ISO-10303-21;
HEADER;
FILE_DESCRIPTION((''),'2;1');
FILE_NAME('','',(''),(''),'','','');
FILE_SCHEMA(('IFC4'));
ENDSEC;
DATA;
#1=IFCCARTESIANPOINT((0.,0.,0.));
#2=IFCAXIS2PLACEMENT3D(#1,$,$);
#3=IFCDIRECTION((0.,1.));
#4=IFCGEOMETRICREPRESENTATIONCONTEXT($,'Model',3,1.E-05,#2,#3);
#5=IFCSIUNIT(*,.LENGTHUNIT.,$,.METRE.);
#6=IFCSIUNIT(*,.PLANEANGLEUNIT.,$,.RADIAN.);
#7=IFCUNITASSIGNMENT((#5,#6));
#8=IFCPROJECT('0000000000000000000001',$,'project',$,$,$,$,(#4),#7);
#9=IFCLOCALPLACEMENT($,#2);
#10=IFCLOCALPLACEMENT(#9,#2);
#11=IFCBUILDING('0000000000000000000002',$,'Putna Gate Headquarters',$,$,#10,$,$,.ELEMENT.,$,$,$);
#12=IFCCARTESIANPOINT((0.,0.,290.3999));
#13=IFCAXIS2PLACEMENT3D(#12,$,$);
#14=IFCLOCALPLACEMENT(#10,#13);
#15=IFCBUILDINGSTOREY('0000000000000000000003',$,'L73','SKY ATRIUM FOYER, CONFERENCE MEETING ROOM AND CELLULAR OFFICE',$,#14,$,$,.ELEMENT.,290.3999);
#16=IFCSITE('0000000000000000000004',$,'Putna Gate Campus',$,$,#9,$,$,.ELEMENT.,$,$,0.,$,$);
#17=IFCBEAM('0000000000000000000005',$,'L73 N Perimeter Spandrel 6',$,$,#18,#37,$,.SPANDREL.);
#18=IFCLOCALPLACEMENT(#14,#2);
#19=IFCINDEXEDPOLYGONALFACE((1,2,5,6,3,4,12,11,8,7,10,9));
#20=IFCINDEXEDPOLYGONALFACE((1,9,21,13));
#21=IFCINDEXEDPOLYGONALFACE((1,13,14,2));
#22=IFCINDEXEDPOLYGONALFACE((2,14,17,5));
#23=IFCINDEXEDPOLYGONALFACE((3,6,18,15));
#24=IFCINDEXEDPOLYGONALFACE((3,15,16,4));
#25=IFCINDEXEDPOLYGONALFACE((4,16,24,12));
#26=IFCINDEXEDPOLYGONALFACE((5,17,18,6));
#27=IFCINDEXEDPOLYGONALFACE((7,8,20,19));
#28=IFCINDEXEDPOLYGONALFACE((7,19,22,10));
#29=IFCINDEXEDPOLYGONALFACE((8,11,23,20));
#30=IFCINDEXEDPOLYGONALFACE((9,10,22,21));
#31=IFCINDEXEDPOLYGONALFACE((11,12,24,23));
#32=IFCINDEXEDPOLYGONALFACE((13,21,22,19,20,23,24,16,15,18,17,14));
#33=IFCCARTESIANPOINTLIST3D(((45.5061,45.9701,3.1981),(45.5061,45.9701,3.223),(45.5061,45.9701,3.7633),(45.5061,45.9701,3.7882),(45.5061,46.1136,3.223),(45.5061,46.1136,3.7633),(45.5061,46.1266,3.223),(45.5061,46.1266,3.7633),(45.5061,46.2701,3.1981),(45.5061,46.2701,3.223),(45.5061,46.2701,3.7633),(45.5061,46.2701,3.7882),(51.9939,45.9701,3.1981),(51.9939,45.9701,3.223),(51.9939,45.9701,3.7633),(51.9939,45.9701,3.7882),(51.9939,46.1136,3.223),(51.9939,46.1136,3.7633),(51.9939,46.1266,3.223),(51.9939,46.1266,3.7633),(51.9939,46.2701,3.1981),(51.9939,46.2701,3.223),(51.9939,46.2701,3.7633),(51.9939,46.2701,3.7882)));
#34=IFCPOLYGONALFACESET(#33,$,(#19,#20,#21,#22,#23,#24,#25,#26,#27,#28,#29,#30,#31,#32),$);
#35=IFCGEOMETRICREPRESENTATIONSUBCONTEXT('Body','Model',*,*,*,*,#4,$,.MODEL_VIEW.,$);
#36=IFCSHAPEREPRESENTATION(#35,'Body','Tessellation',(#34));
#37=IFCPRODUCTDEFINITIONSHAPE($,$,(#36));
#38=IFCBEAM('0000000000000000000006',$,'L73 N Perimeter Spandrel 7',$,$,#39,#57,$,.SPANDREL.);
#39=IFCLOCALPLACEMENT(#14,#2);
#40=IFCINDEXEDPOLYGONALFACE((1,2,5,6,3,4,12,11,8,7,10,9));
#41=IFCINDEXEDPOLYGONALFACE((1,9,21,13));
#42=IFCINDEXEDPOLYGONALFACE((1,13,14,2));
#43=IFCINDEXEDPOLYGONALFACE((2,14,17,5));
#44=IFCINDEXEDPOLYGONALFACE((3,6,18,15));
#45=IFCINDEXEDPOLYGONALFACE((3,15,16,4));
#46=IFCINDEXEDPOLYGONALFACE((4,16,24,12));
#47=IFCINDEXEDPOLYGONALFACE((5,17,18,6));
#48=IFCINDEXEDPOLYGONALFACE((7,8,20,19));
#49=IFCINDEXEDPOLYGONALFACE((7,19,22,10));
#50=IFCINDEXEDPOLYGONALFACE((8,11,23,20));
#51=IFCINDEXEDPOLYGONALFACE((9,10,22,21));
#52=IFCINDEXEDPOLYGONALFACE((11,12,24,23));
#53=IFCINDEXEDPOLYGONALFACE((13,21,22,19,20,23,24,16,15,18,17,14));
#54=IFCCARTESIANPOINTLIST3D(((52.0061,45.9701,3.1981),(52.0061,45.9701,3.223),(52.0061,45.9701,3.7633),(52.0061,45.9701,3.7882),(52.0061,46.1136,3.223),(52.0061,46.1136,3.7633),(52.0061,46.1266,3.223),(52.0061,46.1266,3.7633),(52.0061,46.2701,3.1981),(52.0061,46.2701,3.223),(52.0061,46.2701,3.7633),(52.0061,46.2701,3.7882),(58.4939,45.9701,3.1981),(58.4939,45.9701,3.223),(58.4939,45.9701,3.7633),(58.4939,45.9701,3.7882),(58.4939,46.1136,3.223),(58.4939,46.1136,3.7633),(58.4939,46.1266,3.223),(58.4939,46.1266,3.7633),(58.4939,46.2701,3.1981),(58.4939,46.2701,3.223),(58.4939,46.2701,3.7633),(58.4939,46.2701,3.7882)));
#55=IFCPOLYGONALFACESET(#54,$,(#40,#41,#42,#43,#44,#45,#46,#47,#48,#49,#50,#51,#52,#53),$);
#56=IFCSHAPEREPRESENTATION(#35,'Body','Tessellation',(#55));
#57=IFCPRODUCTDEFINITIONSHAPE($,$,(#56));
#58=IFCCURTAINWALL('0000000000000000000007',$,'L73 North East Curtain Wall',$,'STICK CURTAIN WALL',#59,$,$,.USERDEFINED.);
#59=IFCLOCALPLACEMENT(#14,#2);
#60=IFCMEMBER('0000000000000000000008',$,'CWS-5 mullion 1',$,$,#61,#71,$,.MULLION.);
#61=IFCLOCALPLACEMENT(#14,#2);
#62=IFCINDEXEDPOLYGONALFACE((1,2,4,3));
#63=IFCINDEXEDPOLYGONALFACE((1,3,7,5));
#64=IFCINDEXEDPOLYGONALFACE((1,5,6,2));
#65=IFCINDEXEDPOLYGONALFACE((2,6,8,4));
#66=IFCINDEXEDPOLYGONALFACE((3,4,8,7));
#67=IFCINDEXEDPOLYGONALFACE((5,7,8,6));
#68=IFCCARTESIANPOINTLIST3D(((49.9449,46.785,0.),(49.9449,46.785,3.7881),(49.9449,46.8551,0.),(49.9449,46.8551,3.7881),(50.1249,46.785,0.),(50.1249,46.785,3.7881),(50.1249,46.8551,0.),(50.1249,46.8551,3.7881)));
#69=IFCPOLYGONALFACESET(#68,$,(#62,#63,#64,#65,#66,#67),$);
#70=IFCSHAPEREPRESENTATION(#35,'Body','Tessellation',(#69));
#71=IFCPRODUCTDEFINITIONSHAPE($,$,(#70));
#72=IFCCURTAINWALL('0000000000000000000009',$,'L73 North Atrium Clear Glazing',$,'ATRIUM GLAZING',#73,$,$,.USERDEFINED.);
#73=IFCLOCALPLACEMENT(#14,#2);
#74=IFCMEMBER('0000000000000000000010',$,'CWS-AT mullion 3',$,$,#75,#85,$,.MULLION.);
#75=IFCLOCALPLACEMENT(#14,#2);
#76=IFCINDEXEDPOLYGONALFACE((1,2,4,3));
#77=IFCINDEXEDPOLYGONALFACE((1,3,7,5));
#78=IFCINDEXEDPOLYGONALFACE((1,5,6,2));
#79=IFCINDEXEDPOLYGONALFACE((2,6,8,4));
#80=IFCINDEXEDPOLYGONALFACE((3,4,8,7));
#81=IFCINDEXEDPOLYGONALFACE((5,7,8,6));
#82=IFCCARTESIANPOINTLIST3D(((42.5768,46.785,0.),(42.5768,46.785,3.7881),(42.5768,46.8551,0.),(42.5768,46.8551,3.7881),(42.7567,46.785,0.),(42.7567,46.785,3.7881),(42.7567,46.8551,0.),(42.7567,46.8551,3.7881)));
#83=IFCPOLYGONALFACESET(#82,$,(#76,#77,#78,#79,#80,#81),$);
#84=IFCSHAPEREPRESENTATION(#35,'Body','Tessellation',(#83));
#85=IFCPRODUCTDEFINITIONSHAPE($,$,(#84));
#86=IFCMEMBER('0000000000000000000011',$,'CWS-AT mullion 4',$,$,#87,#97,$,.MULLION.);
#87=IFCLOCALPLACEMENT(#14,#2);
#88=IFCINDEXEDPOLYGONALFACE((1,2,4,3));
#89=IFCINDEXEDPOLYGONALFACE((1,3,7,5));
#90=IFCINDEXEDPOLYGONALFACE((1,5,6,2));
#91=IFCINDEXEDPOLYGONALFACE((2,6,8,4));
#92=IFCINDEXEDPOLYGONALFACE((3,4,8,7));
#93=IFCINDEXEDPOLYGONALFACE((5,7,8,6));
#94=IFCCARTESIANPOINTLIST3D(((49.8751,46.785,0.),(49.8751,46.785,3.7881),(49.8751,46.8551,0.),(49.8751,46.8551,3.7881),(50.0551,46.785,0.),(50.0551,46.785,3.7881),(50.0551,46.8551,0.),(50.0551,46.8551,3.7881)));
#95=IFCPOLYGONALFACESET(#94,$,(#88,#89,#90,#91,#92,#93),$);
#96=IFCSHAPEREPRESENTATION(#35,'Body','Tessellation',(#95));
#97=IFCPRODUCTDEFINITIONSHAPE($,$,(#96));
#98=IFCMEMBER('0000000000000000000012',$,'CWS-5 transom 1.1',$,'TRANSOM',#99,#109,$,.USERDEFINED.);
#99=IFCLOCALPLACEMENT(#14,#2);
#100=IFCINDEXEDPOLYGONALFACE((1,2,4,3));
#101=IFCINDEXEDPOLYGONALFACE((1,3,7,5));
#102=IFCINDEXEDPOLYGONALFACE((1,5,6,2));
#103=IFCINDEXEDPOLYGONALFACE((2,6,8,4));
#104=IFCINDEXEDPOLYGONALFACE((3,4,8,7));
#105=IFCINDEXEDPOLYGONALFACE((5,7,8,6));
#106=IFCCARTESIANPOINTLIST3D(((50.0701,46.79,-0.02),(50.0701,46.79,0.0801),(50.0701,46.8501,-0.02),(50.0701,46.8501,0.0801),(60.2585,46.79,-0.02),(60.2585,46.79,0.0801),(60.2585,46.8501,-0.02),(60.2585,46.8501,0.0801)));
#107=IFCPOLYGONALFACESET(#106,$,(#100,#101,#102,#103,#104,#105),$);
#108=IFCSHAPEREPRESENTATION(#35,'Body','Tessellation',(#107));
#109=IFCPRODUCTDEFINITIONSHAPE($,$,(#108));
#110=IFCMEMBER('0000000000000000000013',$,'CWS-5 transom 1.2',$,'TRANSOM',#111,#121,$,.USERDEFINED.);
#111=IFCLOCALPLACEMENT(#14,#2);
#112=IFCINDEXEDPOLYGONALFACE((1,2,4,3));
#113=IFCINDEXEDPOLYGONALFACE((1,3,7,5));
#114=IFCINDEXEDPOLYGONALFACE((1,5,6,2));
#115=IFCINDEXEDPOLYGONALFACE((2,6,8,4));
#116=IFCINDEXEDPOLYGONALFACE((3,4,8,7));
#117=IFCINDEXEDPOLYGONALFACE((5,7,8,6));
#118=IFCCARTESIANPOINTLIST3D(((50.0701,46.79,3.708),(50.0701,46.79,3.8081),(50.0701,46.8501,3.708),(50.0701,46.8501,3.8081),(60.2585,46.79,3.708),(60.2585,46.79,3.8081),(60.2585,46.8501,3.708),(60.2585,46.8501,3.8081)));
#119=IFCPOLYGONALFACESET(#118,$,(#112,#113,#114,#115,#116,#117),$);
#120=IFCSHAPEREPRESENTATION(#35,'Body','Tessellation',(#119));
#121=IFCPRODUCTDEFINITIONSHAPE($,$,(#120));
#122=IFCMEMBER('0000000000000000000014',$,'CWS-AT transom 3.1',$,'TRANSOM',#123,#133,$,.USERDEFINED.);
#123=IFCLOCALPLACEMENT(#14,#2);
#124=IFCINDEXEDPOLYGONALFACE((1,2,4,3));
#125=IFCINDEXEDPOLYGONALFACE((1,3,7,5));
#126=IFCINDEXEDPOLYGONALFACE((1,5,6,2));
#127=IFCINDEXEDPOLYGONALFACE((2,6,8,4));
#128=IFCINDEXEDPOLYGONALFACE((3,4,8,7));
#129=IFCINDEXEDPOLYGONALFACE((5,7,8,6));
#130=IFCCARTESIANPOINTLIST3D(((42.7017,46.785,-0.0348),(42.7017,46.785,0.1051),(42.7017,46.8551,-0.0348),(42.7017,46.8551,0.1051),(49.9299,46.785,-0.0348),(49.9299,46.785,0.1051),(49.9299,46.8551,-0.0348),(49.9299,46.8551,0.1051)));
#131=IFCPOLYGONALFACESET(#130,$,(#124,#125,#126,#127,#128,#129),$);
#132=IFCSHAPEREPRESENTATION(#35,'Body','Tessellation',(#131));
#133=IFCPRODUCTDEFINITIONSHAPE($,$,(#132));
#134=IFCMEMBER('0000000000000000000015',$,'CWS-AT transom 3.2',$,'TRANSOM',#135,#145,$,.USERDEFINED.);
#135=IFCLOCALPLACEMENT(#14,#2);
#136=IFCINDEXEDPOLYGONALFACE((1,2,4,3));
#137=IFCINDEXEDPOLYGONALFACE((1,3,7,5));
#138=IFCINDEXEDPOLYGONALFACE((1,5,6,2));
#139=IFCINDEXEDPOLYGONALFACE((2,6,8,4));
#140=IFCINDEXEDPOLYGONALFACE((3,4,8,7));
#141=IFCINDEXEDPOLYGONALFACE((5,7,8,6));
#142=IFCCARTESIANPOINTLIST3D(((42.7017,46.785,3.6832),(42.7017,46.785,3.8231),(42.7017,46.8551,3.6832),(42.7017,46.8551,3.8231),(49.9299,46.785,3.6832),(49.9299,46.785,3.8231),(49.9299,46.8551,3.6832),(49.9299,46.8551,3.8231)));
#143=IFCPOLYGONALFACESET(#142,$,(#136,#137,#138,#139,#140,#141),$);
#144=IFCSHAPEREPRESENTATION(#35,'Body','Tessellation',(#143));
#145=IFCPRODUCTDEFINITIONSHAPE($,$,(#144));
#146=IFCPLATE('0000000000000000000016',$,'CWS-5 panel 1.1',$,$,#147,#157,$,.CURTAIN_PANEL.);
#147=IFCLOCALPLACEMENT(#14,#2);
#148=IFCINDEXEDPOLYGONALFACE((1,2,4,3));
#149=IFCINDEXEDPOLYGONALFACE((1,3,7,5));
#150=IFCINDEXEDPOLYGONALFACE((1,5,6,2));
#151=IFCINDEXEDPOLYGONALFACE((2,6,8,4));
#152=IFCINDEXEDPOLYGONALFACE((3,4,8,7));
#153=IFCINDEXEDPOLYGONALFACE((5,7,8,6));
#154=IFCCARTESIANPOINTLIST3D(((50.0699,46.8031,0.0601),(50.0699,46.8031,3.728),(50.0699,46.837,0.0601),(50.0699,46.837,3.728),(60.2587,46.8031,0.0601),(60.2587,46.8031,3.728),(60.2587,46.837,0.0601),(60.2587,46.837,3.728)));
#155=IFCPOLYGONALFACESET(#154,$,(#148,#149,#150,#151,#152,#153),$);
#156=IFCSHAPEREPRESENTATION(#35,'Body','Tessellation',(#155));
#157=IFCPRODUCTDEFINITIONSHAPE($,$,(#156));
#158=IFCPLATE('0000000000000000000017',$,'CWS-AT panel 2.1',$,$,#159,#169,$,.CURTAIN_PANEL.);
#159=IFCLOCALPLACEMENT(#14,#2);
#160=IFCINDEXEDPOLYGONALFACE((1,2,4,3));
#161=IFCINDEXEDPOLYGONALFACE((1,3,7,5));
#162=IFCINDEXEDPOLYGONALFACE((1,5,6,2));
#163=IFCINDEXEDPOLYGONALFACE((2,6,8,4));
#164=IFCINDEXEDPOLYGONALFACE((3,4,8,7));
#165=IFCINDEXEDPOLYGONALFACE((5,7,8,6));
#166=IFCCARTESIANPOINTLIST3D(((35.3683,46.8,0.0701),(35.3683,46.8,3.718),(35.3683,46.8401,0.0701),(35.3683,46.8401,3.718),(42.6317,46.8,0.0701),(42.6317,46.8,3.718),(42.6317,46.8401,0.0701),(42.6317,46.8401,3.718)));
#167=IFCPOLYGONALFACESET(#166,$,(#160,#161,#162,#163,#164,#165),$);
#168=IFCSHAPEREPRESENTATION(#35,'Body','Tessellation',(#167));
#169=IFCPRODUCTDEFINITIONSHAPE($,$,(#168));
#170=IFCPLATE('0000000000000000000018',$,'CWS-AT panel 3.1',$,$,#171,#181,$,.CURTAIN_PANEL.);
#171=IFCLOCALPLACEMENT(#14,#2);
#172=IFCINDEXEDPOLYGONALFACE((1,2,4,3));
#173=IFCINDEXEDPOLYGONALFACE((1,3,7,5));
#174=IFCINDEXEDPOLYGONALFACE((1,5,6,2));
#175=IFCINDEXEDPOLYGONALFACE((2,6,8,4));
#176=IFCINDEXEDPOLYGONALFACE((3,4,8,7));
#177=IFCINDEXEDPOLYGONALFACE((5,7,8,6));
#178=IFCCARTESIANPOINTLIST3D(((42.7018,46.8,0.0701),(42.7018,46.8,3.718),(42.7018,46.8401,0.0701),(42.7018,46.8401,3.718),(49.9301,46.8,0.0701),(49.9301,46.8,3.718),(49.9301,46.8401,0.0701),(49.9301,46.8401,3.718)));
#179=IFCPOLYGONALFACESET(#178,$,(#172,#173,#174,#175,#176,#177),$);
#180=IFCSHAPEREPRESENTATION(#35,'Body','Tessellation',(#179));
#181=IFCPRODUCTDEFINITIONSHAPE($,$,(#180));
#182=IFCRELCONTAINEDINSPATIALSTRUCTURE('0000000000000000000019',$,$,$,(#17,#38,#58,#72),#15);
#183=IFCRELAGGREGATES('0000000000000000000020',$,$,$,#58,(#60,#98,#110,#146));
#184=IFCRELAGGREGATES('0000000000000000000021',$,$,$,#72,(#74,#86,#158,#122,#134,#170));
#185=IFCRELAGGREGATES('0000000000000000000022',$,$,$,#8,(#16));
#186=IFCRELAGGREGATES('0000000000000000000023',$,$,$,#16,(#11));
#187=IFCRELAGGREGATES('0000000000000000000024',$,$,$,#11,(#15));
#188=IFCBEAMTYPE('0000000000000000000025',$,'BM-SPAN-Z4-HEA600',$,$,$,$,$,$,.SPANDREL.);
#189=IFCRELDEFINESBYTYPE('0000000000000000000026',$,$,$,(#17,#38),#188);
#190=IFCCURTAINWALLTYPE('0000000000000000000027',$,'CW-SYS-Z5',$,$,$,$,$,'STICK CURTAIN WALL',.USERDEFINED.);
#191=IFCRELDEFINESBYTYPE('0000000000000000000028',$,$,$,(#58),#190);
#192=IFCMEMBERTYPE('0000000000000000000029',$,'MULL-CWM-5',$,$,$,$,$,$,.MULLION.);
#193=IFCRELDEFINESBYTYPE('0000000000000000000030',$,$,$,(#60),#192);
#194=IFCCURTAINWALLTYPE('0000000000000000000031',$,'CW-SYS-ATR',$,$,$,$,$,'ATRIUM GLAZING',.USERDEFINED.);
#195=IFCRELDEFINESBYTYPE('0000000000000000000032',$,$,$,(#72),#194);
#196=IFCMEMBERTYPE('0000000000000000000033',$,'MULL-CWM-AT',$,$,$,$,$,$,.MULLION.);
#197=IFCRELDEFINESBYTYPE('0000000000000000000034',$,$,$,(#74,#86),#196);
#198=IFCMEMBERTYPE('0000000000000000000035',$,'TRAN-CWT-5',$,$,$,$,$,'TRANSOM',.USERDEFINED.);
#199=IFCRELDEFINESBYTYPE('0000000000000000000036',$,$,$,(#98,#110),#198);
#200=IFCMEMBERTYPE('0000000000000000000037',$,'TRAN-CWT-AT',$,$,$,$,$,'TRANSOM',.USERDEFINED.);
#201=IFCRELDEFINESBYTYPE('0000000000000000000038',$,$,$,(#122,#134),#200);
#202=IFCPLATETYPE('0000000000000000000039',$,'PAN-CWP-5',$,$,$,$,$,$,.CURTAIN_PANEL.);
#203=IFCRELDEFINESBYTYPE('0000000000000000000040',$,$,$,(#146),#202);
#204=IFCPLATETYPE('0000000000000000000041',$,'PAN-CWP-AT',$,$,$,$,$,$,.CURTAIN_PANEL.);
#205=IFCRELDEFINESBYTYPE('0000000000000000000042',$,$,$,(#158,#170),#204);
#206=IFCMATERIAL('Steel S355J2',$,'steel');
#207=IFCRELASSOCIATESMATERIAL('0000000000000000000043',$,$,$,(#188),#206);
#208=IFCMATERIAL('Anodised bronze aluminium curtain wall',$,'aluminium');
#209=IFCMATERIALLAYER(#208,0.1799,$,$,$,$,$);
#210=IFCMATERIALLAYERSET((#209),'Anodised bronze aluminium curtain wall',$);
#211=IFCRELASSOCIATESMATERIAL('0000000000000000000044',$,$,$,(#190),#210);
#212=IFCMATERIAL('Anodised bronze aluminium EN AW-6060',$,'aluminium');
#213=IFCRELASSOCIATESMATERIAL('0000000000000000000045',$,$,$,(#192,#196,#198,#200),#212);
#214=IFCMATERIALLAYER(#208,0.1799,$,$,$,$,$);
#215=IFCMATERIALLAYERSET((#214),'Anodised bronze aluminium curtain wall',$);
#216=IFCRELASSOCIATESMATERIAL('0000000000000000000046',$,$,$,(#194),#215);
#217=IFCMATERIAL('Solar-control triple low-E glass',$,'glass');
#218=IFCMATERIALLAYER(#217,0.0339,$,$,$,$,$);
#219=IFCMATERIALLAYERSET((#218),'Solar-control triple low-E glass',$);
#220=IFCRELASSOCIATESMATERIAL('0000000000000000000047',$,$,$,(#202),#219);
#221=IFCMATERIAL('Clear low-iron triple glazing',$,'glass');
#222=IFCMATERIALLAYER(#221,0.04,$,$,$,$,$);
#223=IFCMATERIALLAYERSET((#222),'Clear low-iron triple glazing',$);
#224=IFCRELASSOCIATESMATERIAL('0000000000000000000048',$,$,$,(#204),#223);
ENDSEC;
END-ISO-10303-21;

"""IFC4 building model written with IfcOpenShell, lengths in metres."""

from ifc_helpers import new_model, si_unit, direction, frame, origin, origin_2d, place, context, subcontext, project, spatial, rectangle, i_section, extrude, material, layer, layer_set, material_profile, profile_set, type_object, element, aggregate, save


model = new_model("IFC4")

# Units and contexts
model_context = context("Model", 3, precision=1e-05, world=origin(), true_north=direction((0.0, 1.0)))
body_context = subcontext(model_context, "Body", "Model", "MODEL_VIEW")
ifc_project = project(units=[si_unit("LENGTHUNIT", "METRE"), si_unit("PLANEANGLEUNIT", "RADIAN")], contexts=[model_context])

# Site, building, storey
site_placement = place(None, origin())
site = spatial("IfcSite", under=ifc_project, at=site_placement, Name="Putna Gate Campus", CompositionType="ELEMENT", RefElevation=0.0)
building_placement = place(site_placement, origin())
building = spatial("IfcBuilding", under=site, at=building_placement, Name="Putna Gate Headquarters", CompositionType="ELEMENT")
storey_placement = place(building_placement, frame((0.0, 0.0, 290.3999)))
storey = spatial("IfcBuildingStorey", under=building, at=storey_placement, Name="L73", Description="SKY ATRIUM FOYER, CONFERENCE MEETING ROOM AND CELLULAR OFFICE", CompositionType="ELEMENT", Elevation=290.3999)

# Beams
ifc_material_1 = material(Name="Steel S355J2", Category="steel")
ifc_material_profile_1 = material_profile(ifc_material_1, i_section(OverallWidth=0.3, OverallDepth=0.5901, WebThickness=0.0129, FlangeThickness=0.0249, at=origin_2d()), Name="Steel S355J2")
ifc_profile_set_1 = profile_set([ifc_material_profile_1], Name="Steel S355J2")
beam_type_1 = type_object("IfcBeamType", Name="BM-SPAN-Z4-HEA600", PredefinedType="SPANDREL", material=ifc_profile_set_1)
for number, where, z_axis, x_axis, name in (
    (1, (45.5061, 46.1201, 3.4932), (1.0, 0.0, 0.0), (0.0, 1.0, 0.0), "L73 N Perimeter Spandrel 6"),
    (2, (52.0061, 46.1201, 3.4932), (1.0, 0.0, 0.0), (0.0, 1.0, 0.0), "L73 N Perimeter Spandrel 7"),
):
    element("IfcBeam", number, at=place(storey_placement, frame(where, z_axis=z_axis, x_axis=x_axis)), inside=storey, type_object=beam_type_1, Name=name, PredefinedType="SPANDREL", context=body_context, shape_type="SweptSolid", body=[
        extrude(i_section(OverallWidth=0.3, OverallDepth=0.5901, WebThickness=0.0129, FlangeThickness=0.0249, at=origin_2d()), origin(), (0.0, 0.0, 1.0), 6.4878),
    ])

# Curtain wall, member
ifc_material_2 = material(Name="Anodised bronze aluminium curtain wall", Category="aluminium")
ifc_layer_1 = layer(ifc_material_2, 0.1799)
ifc_layer_set_1 = layer_set([ifc_layer_1], Name="Anodised bronze aluminium curtain wall")
curtain_wall_type_1 = type_object("IfcCurtainWallType", Name="CW-SYS-Z5", ElementType="STICK CURTAIN WALL", PredefinedType="USERDEFINED", material=ifc_layer_set_1)
curtain_wall_1_placement = place(storey_placement, origin())
curtain_wall_1 = element("IfcCurtainWall", 3, at=curtain_wall_1_placement, inside=storey, type_object=curtain_wall_type_1, Name="L73 North East Curtain Wall", ObjectType="STICK CURTAIN WALL", PredefinedType="USERDEFINED")
ifc_material_3 = material(Name="Anodised bronze aluminium EN AW-6060", Category="aluminium")
ifc_material_profile_2 = material_profile(ifc_material_3, rectangle(XDim=0.0701, YDim=0.1799, at=origin_2d()), Name="Anodised bronze aluminium EN AW-6060")
ifc_profile_set_2 = profile_set([ifc_material_profile_2], Name="Anodised bronze aluminium EN AW-6060")
member_type_1 = type_object("IfcMemberType", Name="MULL-CWM-5", PredefinedType="MULLION", material=ifc_profile_set_2)
member_1_placement = place(storey_placement, frame((50.0349, 46.8201, 0.0), z_axis=(0.0, 0.0, 1.0), x_axis=(0.0, 1.0, 0.0)))
member_1 = element("IfcMember", 4, at=member_1_placement, type_object=member_type_1, Name="CWS-5 mullion 1", PredefinedType="MULLION", context=body_context, shape_type="SweptSolid", body=[
    extrude(rectangle(XDim=0.0701, YDim=0.1799, at=origin_2d()), origin(), (0.0, 0.0, 1.0), 3.7881),
])

# Curtain wall, members
ifc_layer_2 = layer(ifc_material_2, 0.1799)
ifc_layer_set_2 = layer_set([ifc_layer_2], Name="Anodised bronze aluminium curtain wall")
curtain_wall_type_2 = type_object("IfcCurtainWallType", Name="CW-SYS-ATR", ElementType="ATRIUM GLAZING", PredefinedType="USERDEFINED", material=ifc_layer_set_2)
curtain_wall_2_placement = place(storey_placement, origin())
curtain_wall_2 = element("IfcCurtainWall", 5, at=curtain_wall_2_placement, inside=storey, type_object=curtain_wall_type_2, Name="L73 North Atrium Clear Glazing", ObjectType="ATRIUM GLAZING", PredefinedType="USERDEFINED")
ifc_material_profile_3 = material_profile(ifc_material_3, rectangle(XDim=0.0701, YDim=0.1799, at=origin_2d()), Name="Anodised bronze aluminium EN AW-6060")
ifc_profile_set_3 = profile_set([ifc_material_profile_3], Name="Anodised bronze aluminium EN AW-6060")
member_type_2 = type_object("IfcMemberType", Name="MULL-CWM-AT", PredefinedType="MULLION", material=ifc_profile_set_3)
member_2_placement = place(storey_placement, frame((42.6667, 46.8201, 0.0), z_axis=(0.0, 0.0, 1.0), x_axis=(0.0, 1.0, 0.0)))
member_2 = element("IfcMember", 6, at=member_2_placement, type_object=member_type_2, Name="CWS-AT mullion 3", PredefinedType="MULLION", context=body_context, shape_type="SweptSolid", body=[
    extrude(rectangle(XDim=0.0701, YDim=0.1799, at=origin_2d()), origin(), (0.0, 0.0, 1.0), 3.7881),
])
member_3_placement = place(storey_placement, frame((49.9651, 46.8201, 0.0), z_axis=(0.0, 0.0, 1.0), x_axis=(0.0, 1.0, 0.0)))
member_3 = element("IfcMember", 7, at=member_3_placement, type_object=member_type_2, Name="CWS-AT mullion 4", PredefinedType="MULLION", context=body_context, shape_type="SweptSolid", body=[
    extrude(rectangle(XDim=0.0701, YDim=0.1799, at=origin_2d()), origin(), (0.0, 0.0, 1.0), 3.7881),
])

# Members
ifc_material_profile_4 = material_profile(ifc_material_3, rectangle(XDim=0.0601, YDim=0.1001, at=origin_2d()), Name="Anodised bronze aluminium EN AW-6060")
ifc_profile_set_4 = profile_set([ifc_material_profile_4], Name="Anodised bronze aluminium EN AW-6060")
member_type_3 = type_object("IfcMemberType", Name="TRAN-CWT-5", ElementType="TRANSOM", PredefinedType="USERDEFINED", material=ifc_profile_set_4)
member_4_placement = place(storey_placement, frame((50.0701, 46.8201, 0.03), z_axis=(1.0, 0.0, 0.0), x_axis=(0.0, 1.0, 0.0)))
member_4 = element("IfcMember", 8, at=member_4_placement, type_object=member_type_3, Name="CWS-5 transom 1.1", ObjectType="TRANSOM", PredefinedType="USERDEFINED", context=body_context, shape_type="SweptSolid", body=[
    extrude(rectangle(XDim=0.0601, YDim=0.1001, at=origin_2d()), origin(), (0.0, 0.0, 1.0), 10.1885),
])
member_5_placement = place(storey_placement, frame((50.0701, 46.8201, 3.7581), z_axis=(1.0, 0.0, 0.0), x_axis=(0.0, 1.0, 0.0)))
member_5 = element("IfcMember", 9, at=member_5_placement, type_object=member_type_3, Name="CWS-5 transom 1.2", ObjectType="TRANSOM", PredefinedType="USERDEFINED", context=body_context, shape_type="SweptSolid", body=[
    extrude(rectangle(XDim=0.0601, YDim=0.1001, at=origin_2d()), origin(), (0.0, 0.0, 1.0), 10.1885),
])
ifc_material_profile_5 = material_profile(ifc_material_3, rectangle(XDim=0.0701, YDim=0.1399, at=origin_2d()), Name="Anodised bronze aluminium EN AW-6060")
ifc_profile_set_5 = profile_set([ifc_material_profile_5], Name="Anodised bronze aluminium EN AW-6060")
member_type_4 = type_object("IfcMemberType", Name="TRAN-CWT-AT", ElementType="TRANSOM", PredefinedType="USERDEFINED", material=ifc_profile_set_5)
member_6_placement = place(storey_placement, frame((42.7017, 46.8201, 0.0352), z_axis=(1.0, 0.0, 0.0), x_axis=(0.0, 1.0, 0.0)))
member_6 = element("IfcMember", 10, at=member_6_placement, type_object=member_type_4, Name="CWS-AT transom 3.1", ObjectType="TRANSOM", PredefinedType="USERDEFINED", context=body_context, shape_type="SweptSolid", body=[
    extrude(rectangle(XDim=0.0701, YDim=0.1399, at=origin_2d()), origin(), (0.0, 0.0, 1.0), 7.2283),
])
member_7_placement = place(storey_placement, frame((42.7017, 46.8201, 3.7532), z_axis=(1.0, 0.0, 0.0), x_axis=(0.0, 1.0, 0.0)))
member_7 = element("IfcMember", 11, at=member_7_placement, type_object=member_type_4, Name="CWS-AT transom 3.2", ObjectType="TRANSOM", PredefinedType="USERDEFINED", context=body_context, shape_type="SweptSolid", body=[
    extrude(rectangle(XDim=0.0701, YDim=0.1399, at=origin_2d()), origin(), (0.0, 0.0, 1.0), 7.2283),
])

# Plates
ifc_material_4 = material(Name="Solar-control triple low-E glass", Category="glass")
ifc_layer_3 = layer(ifc_material_4, 0.0339)
ifc_layer_set_3 = layer_set([ifc_layer_3], Name="Solar-control triple low-E glass")
plate_type_1 = type_object("IfcPlateType", Name="PAN-CWP-5", PredefinedType="CURTAIN_PANEL", material=ifc_layer_set_3)
plate_1_placement = place(storey_placement, frame((55.1643, 46.8201, 0.0601), z_axis=(0.0, 0.0, 1.0), x_axis=(1.0, 0.0, 0.0)))
plate_1 = element("IfcPlate", 12, at=plate_1_placement, type_object=plate_type_1, Name="CWS-5 panel 1.1", PredefinedType="CURTAIN_PANEL", context=body_context, shape_type="SweptSolid", body=[
    extrude(rectangle(XDim=10.1887, YDim=0.0339, at=origin_2d()), origin(), (0.0, 0.0, 1.0), 3.668),
])
aggregate(curtain_wall_1, [member_1, member_4, member_5, plate_1])
ifc_material_5 = material(Name="Clear low-iron triple glazing", Category="glass")
ifc_layer_4 = layer(ifc_material_5, 0.04)
ifc_layer_set_4 = layer_set([ifc_layer_4], Name="Clear low-iron triple glazing")
plate_type_2 = type_object("IfcPlateType", Name="PAN-CWP-AT", PredefinedType="CURTAIN_PANEL", material=ifc_layer_set_4)
plate_2_placement = place(storey_placement, frame((39.0, 46.8201, 0.0701), z_axis=(0.0, 0.0, 1.0), x_axis=(1.0, 0.0, 0.0)))
plate_2 = element("IfcPlate", 13, at=plate_2_placement, type_object=plate_type_2, Name="CWS-AT panel 2.1", PredefinedType="CURTAIN_PANEL", context=body_context, shape_type="SweptSolid", body=[
    extrude(rectangle(XDim=7.2634, YDim=0.04, at=origin_2d()), origin(), (0.0, 0.0, 1.0), 3.6479),
])
plate_3_placement = place(storey_placement, frame((46.3159, 46.8201, 0.0701), z_axis=(0.0, 0.0, 1.0), x_axis=(1.0, 0.0, 0.0)))
plate_3 = element("IfcPlate", 14, at=plate_3_placement, type_object=plate_type_2, Name="CWS-AT panel 3.1", PredefinedType="CURTAIN_PANEL", context=body_context, shape_type="SweptSolid", body=[
    extrude(rectangle(XDim=7.2283, YDim=0.04, at=origin_2d()), origin(), (0.0, 0.0, 1.0), 3.6479),
])
aggregate(curtain_wall_2, [member_2, member_3, plate_2, member_6, member_7, plate_3])

save(model, "model.ifc")
